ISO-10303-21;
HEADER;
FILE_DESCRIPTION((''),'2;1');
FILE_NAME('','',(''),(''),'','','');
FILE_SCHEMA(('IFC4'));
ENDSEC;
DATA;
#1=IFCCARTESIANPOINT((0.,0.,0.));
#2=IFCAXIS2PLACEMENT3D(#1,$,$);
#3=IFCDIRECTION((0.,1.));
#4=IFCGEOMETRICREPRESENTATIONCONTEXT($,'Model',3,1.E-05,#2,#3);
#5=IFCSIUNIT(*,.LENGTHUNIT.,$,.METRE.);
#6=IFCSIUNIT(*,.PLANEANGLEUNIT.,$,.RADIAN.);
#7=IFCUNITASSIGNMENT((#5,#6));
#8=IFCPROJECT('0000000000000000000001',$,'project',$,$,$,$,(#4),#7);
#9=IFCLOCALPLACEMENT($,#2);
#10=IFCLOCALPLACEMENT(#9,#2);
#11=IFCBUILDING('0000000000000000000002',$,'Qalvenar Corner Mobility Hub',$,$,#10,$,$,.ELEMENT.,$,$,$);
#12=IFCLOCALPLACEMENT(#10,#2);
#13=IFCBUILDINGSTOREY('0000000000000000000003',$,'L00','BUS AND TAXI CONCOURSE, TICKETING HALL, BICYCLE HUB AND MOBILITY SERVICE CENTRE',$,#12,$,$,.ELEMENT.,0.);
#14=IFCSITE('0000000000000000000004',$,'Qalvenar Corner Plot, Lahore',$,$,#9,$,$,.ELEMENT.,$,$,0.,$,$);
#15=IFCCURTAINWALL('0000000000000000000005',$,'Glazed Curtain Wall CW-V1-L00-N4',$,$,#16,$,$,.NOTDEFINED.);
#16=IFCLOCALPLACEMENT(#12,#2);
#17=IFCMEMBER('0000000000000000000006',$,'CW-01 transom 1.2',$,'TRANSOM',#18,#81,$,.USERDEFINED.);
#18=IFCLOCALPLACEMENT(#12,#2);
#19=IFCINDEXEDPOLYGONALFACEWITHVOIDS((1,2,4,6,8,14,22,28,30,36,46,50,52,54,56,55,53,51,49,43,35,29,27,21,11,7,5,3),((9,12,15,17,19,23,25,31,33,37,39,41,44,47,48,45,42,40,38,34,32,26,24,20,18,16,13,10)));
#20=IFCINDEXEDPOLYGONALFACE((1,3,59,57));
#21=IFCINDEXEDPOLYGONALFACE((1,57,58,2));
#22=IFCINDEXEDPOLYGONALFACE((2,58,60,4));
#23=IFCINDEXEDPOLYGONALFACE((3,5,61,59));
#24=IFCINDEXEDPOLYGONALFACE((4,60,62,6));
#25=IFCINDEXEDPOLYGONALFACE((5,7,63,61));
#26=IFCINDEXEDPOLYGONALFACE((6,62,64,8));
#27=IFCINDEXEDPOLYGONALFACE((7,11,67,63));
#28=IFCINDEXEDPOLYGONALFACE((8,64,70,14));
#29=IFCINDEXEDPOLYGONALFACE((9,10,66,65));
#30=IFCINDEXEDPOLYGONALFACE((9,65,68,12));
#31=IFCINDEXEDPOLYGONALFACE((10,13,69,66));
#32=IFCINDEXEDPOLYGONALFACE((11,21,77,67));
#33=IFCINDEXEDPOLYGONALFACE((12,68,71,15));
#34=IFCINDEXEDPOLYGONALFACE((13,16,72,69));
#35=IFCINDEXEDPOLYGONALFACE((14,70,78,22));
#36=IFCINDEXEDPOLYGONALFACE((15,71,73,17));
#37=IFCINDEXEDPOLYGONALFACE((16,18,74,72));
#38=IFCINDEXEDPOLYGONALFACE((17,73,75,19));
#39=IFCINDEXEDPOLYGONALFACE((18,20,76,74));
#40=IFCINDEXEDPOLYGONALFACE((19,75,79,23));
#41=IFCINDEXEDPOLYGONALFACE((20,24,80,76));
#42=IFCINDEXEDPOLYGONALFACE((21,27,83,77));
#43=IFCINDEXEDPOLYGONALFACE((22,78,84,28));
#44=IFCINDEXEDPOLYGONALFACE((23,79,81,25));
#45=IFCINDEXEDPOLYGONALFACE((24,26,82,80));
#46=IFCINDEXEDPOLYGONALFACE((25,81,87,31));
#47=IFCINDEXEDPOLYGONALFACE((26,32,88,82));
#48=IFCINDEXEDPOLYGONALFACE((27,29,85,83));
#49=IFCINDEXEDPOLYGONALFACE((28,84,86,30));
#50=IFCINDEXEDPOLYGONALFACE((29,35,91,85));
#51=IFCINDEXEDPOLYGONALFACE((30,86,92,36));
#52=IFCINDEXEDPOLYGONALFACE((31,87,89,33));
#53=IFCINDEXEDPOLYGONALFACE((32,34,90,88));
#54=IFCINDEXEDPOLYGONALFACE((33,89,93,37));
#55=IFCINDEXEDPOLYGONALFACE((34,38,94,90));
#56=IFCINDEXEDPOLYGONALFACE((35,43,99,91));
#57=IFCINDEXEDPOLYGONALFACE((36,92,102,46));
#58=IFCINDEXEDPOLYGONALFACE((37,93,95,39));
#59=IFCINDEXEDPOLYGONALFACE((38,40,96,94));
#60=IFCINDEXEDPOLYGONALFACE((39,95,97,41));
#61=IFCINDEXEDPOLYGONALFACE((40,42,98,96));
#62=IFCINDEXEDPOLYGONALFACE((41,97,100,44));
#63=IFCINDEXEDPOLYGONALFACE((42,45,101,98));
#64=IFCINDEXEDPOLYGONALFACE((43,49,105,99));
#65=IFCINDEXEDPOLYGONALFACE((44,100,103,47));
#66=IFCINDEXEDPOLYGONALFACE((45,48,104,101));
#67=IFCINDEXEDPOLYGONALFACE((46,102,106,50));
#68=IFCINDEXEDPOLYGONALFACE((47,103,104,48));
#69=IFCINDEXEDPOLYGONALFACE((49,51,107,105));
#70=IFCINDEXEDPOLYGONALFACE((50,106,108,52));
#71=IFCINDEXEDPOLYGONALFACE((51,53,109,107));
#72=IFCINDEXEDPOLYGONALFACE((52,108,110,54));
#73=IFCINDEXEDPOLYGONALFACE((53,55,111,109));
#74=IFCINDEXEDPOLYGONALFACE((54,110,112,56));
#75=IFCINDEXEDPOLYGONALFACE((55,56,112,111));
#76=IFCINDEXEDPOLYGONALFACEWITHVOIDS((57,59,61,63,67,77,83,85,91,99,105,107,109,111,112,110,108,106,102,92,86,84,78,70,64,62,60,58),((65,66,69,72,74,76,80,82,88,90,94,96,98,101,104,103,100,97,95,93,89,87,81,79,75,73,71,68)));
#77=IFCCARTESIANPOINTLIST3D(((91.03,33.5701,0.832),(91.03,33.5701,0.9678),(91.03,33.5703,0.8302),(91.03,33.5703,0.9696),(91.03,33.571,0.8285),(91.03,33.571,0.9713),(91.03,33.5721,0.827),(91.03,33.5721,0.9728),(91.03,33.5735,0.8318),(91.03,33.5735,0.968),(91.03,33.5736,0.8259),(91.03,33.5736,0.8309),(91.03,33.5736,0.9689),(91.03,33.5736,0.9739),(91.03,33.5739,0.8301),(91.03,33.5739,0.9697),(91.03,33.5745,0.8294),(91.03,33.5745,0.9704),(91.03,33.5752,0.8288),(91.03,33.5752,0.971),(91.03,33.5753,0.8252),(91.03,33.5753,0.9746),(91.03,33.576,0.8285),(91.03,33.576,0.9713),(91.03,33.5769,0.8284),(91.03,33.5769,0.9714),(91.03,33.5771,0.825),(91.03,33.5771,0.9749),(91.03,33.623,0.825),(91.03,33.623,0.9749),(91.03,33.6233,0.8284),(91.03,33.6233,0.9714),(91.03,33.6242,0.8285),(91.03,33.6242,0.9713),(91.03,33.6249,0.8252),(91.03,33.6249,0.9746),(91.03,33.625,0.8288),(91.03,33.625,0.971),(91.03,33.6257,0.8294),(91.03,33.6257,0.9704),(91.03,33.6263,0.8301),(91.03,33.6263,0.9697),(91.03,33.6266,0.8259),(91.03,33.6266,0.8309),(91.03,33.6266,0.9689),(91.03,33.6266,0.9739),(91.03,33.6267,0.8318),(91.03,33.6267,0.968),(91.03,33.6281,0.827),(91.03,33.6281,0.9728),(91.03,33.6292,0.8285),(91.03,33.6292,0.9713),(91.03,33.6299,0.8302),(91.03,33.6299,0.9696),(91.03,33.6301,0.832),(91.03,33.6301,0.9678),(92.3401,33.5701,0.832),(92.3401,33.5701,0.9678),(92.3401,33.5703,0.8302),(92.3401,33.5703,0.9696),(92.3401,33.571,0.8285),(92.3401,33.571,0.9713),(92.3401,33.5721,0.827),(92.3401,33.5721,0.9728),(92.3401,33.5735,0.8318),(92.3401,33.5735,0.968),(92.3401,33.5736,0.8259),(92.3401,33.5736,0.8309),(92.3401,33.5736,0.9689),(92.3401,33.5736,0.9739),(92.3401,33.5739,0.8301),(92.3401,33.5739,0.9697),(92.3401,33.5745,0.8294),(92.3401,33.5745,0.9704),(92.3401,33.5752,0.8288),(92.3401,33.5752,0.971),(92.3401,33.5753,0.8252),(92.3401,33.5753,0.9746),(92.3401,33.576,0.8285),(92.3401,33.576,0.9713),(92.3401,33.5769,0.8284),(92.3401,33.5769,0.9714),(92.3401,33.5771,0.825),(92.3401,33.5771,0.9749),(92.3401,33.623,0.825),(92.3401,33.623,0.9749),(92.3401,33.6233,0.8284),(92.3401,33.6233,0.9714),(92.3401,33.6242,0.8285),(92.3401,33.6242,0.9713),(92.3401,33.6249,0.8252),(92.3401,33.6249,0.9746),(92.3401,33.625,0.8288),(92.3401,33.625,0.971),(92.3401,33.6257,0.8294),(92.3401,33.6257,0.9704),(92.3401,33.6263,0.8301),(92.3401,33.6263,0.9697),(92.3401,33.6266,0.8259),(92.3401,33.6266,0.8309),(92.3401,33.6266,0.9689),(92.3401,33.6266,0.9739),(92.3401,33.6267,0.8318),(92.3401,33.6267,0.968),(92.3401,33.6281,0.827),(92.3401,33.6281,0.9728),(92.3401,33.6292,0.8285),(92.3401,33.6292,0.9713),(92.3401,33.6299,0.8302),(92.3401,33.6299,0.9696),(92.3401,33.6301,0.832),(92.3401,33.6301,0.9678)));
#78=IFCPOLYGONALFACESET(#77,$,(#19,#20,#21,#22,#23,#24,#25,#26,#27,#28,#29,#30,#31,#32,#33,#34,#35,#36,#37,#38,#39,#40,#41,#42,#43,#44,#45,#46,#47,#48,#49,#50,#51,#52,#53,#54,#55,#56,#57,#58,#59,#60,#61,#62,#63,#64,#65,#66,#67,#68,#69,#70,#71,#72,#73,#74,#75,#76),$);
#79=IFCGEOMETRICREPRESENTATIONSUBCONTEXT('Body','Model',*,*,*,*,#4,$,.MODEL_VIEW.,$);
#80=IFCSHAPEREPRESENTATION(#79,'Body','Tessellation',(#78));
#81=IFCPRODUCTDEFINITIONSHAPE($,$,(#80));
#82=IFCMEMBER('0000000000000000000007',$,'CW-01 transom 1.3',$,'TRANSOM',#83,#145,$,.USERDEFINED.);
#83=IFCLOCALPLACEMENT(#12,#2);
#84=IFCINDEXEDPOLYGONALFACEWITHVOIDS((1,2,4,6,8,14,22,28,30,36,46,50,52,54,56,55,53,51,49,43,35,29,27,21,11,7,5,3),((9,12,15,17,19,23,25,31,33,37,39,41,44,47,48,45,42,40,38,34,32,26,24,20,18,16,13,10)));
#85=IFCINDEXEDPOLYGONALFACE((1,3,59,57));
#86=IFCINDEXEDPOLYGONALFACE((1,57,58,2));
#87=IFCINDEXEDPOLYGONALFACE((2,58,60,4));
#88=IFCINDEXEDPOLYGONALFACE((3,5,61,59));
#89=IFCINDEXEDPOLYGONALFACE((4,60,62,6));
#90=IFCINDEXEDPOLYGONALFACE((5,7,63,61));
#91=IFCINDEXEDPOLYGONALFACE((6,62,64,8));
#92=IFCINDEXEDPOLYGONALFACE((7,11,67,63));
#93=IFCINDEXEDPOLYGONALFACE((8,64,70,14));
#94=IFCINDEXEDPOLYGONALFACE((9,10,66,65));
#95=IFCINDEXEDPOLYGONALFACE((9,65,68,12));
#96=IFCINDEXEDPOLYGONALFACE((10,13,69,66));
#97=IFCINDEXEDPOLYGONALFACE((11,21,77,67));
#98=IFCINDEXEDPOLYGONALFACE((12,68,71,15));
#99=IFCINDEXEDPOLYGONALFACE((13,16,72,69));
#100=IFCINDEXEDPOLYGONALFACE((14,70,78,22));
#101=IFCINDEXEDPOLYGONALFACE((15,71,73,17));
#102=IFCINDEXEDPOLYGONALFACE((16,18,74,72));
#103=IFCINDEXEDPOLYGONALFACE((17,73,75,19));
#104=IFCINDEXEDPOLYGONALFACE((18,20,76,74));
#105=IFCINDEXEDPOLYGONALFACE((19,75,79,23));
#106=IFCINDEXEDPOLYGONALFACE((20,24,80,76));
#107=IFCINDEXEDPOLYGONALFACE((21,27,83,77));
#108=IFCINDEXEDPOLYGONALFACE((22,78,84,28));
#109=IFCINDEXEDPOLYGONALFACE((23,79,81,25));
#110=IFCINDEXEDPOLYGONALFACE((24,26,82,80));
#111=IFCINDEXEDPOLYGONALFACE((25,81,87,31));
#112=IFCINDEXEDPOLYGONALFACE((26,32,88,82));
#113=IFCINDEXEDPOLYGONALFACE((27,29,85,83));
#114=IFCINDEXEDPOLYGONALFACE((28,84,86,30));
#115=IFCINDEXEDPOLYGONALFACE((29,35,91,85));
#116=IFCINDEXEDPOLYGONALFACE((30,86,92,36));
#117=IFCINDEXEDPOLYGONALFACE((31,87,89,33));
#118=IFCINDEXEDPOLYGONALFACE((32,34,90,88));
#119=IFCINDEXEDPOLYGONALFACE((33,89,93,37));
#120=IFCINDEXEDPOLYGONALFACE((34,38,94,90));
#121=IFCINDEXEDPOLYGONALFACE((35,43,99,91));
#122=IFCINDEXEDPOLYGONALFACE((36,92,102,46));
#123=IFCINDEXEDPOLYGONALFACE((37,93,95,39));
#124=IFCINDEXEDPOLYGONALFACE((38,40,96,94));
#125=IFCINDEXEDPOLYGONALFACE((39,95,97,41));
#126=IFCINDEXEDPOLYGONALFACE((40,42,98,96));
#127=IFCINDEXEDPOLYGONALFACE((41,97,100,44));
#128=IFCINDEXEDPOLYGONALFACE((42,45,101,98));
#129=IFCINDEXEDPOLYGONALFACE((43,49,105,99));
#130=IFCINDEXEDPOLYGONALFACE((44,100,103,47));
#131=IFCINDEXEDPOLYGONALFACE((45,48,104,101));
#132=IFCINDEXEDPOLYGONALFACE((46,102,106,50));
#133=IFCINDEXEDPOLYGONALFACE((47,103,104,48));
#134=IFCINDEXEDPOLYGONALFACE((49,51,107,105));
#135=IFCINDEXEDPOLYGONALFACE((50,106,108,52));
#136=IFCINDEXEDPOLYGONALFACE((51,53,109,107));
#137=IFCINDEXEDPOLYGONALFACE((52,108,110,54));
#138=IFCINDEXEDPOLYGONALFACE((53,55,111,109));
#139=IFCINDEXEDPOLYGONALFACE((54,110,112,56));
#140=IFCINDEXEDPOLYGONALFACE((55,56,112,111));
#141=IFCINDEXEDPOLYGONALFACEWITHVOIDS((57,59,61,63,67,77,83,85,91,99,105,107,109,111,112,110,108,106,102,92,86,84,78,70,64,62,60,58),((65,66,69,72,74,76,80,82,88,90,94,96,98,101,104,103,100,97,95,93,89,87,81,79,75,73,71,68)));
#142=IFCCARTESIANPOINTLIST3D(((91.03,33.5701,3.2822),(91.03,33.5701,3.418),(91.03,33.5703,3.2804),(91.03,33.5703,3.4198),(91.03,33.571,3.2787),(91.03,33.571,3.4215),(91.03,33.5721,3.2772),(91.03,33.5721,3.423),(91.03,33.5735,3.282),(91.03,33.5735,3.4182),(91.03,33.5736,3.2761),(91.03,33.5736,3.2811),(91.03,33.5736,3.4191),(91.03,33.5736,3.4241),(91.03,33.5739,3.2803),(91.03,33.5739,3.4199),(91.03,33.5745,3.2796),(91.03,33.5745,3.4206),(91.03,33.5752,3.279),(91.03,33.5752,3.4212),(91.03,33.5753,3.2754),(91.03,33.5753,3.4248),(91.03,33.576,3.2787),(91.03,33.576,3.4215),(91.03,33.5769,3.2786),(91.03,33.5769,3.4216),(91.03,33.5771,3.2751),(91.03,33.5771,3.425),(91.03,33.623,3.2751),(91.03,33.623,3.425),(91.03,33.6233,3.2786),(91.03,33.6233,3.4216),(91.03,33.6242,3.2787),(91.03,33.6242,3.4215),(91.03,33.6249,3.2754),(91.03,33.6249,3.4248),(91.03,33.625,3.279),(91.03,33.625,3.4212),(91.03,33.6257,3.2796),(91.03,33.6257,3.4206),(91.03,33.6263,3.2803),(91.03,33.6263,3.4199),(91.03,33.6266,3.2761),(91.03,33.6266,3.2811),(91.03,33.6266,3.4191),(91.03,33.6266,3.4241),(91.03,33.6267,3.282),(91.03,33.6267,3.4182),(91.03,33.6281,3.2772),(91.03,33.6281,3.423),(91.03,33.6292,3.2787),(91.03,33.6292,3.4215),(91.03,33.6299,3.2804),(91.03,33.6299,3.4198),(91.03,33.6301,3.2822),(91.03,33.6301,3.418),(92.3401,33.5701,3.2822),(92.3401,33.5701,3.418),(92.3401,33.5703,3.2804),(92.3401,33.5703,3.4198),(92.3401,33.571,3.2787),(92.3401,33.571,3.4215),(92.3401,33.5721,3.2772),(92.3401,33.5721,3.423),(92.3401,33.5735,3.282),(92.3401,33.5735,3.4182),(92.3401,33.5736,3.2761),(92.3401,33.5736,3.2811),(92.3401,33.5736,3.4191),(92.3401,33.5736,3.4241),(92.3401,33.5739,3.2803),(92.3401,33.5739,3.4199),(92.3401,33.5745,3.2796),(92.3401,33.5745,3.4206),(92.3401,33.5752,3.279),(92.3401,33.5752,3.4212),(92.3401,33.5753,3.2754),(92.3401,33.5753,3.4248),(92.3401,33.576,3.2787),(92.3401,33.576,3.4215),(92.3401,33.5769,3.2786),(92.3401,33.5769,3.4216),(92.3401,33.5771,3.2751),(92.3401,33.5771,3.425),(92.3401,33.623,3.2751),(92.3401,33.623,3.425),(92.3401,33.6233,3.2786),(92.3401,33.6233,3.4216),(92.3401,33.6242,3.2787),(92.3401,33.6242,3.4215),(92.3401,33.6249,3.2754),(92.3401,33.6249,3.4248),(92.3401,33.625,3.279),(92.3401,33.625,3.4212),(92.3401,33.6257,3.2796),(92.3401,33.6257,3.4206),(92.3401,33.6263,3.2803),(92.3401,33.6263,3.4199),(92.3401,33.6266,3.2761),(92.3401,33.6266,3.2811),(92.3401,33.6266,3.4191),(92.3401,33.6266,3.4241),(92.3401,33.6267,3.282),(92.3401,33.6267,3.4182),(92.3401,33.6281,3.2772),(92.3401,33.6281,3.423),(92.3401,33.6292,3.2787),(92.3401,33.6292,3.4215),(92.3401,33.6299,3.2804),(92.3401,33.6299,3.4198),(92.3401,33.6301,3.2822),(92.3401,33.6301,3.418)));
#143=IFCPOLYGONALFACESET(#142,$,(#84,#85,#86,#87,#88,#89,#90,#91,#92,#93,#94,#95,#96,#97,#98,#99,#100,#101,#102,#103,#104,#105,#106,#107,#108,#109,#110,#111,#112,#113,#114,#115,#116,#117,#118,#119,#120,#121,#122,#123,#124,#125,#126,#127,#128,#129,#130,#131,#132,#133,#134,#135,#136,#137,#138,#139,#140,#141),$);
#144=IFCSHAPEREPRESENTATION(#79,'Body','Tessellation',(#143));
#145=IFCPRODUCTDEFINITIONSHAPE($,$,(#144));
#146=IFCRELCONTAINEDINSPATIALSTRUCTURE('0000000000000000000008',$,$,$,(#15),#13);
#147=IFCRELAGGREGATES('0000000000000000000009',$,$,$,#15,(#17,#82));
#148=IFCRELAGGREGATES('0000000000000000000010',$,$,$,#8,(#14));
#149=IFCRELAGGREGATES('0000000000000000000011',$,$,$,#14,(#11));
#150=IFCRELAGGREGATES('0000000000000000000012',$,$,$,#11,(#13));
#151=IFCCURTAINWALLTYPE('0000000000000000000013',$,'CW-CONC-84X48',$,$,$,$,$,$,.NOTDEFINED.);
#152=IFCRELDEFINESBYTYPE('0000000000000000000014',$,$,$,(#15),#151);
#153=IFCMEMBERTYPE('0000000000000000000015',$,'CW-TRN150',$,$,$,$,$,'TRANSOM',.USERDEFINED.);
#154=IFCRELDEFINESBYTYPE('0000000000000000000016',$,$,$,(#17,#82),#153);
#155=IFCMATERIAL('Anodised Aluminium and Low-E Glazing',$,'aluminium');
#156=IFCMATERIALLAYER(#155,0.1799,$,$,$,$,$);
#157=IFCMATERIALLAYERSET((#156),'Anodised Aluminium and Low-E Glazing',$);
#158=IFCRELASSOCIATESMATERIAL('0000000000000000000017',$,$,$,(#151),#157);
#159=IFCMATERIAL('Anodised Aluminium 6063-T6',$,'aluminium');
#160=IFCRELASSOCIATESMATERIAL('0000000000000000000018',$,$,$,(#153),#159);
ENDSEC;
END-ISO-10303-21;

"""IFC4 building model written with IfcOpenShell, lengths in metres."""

from ifc_helpers import new_model, si_unit, direction, frame, origin, origin_2d, place, context, subcontext, project, spatial, hollow_rectangle, extrude, material, layer, layer_set, material_profile, profile_set, type_object, element, aggregate, save


model = new_model("IFC4")

# Units and contexts
model_context = context("Model", 3, precision=1e-05, world=origin(), true_north=direction((0.0, 1.0)))
body_context = subcontext(model_context, "Body", "Model", "MODEL_VIEW")
ifc_project = project(units=[si_unit("LENGTHUNIT", "METRE"), si_unit("PLANEANGLEUNIT", "RADIAN")], contexts=[model_context])

# Site, building, storey
site_placement = place(None, origin())
site = spatial("IfcSite", under=ifc_project, at=site_placement, Name="Qalvenar Corner Plot, Lahore", CompositionType="ELEMENT", RefElevation=0.0)
building_placement = place(site_placement, origin())
building = spatial("IfcBuilding", under=site, at=building_placement, Name="Qalvenar Corner Mobility Hub", CompositionType="ELEMENT")
storey_placement = place(building_placement, origin())
storey = spatial("IfcBuildingStorey", under=building, at=storey_placement, Name="L00", Description="BUS AND TAXI CONCOURSE, TICKETING HALL, BICYCLE HUB AND MOBILITY SERVICE CENTRE", CompositionType="ELEMENT", Elevation=0.0)

# Curtain wall
ifc_material_1 = material(Name="Anodised Aluminium and Low-E Glazing", Category="aluminium")
ifc_layer_1 = layer(ifc_material_1, 0.1799)
ifc_layer_set_1 = layer_set([ifc_layer_1], Name="Anodised Aluminium and Low-E Glazing")
curtain_wall_type = type_object("IfcCurtainWallType", Name="CW-CONC-84X48", PredefinedType="NOTDEFINED", material=ifc_layer_set_1)
curtain_wall_1_placement = place(storey_placement, origin())
curtain_wall_1 = element("IfcCurtainWall", 1, at=curtain_wall_1_placement, inside=storey, type_object=curtain_wall_type, Name="Glazed Curtain Wall CW-V1-L00-N4", PredefinedType="NOTDEFINED")
ifc_material_2 = material(Name="Anodised Aluminium 6063-T6", Category="aluminium")

# Members
ifc_material_profile_1 = material_profile(ifc_material_2, hollow_rectangle(XDim=0.0601, YDim=0.1499, WallThickness=0.0034, InnerFilletRadius=0.0034, OuterFilletRadius=0.0071, at=origin_2d()), Name="RHS150x60x3.5")
ifc_profile_set_1 = profile_set([ifc_material_profile_1], Name="Anodised Aluminium 6063-T6")
member_type_1 = type_object("IfcMemberType", Name="CW-TRN150", ElementType="TRANSOM", PredefinedType="USERDEFINED", material=ifc_profile_set_1)
member_1_placement = place(storey_placement, frame((92.3401, 33.6001, 0.8999), z_axis=(-1.0, 0.0, 0.0), x_axis=(0.0, -1.0, 0.0)))
member_1 = element("IfcMember", 2, at=member_1_placement, type_object=member_type_1, Name="CW-01 transom 1.2", ObjectType="TRANSOM", PredefinedType="USERDEFINED", context=body_context, shape_type="SweptSolid", body=[
    extrude(hollow_rectangle(XDim=0.0601, YDim=0.1499, WallThickness=0.0034, InnerFilletRadius=0.0034, OuterFilletRadius=0.0071, at=origin_2d()), origin(), (0.0, 0.0, 1.0), 1.3101),
])
member_2_placement = place(storey_placement, frame((92.3401, 33.6001, 3.3501), z_axis=(-1.0, 0.0, 0.0), x_axis=(0.0, -1.0, 0.0)))
member_2 = element("IfcMember", 3, at=member_2_placement, type_object=member_type_1, Name="CW-01 transom 1.3", ObjectType="TRANSOM", PredefinedType="USERDEFINED", context=body_context, shape_type="SweptSolid", body=[
    extrude(hollow_rectangle(XDim=0.0601, YDim=0.1499, WallThickness=0.0034, InnerFilletRadius=0.0034, OuterFilletRadius=0.0071, at=origin_2d()), origin(), (0.0, 0.0, 1.0), 1.3101),
])

aggregate(curtain_wall_1, [member_1, member_2])

save(model, "model.ifc")
